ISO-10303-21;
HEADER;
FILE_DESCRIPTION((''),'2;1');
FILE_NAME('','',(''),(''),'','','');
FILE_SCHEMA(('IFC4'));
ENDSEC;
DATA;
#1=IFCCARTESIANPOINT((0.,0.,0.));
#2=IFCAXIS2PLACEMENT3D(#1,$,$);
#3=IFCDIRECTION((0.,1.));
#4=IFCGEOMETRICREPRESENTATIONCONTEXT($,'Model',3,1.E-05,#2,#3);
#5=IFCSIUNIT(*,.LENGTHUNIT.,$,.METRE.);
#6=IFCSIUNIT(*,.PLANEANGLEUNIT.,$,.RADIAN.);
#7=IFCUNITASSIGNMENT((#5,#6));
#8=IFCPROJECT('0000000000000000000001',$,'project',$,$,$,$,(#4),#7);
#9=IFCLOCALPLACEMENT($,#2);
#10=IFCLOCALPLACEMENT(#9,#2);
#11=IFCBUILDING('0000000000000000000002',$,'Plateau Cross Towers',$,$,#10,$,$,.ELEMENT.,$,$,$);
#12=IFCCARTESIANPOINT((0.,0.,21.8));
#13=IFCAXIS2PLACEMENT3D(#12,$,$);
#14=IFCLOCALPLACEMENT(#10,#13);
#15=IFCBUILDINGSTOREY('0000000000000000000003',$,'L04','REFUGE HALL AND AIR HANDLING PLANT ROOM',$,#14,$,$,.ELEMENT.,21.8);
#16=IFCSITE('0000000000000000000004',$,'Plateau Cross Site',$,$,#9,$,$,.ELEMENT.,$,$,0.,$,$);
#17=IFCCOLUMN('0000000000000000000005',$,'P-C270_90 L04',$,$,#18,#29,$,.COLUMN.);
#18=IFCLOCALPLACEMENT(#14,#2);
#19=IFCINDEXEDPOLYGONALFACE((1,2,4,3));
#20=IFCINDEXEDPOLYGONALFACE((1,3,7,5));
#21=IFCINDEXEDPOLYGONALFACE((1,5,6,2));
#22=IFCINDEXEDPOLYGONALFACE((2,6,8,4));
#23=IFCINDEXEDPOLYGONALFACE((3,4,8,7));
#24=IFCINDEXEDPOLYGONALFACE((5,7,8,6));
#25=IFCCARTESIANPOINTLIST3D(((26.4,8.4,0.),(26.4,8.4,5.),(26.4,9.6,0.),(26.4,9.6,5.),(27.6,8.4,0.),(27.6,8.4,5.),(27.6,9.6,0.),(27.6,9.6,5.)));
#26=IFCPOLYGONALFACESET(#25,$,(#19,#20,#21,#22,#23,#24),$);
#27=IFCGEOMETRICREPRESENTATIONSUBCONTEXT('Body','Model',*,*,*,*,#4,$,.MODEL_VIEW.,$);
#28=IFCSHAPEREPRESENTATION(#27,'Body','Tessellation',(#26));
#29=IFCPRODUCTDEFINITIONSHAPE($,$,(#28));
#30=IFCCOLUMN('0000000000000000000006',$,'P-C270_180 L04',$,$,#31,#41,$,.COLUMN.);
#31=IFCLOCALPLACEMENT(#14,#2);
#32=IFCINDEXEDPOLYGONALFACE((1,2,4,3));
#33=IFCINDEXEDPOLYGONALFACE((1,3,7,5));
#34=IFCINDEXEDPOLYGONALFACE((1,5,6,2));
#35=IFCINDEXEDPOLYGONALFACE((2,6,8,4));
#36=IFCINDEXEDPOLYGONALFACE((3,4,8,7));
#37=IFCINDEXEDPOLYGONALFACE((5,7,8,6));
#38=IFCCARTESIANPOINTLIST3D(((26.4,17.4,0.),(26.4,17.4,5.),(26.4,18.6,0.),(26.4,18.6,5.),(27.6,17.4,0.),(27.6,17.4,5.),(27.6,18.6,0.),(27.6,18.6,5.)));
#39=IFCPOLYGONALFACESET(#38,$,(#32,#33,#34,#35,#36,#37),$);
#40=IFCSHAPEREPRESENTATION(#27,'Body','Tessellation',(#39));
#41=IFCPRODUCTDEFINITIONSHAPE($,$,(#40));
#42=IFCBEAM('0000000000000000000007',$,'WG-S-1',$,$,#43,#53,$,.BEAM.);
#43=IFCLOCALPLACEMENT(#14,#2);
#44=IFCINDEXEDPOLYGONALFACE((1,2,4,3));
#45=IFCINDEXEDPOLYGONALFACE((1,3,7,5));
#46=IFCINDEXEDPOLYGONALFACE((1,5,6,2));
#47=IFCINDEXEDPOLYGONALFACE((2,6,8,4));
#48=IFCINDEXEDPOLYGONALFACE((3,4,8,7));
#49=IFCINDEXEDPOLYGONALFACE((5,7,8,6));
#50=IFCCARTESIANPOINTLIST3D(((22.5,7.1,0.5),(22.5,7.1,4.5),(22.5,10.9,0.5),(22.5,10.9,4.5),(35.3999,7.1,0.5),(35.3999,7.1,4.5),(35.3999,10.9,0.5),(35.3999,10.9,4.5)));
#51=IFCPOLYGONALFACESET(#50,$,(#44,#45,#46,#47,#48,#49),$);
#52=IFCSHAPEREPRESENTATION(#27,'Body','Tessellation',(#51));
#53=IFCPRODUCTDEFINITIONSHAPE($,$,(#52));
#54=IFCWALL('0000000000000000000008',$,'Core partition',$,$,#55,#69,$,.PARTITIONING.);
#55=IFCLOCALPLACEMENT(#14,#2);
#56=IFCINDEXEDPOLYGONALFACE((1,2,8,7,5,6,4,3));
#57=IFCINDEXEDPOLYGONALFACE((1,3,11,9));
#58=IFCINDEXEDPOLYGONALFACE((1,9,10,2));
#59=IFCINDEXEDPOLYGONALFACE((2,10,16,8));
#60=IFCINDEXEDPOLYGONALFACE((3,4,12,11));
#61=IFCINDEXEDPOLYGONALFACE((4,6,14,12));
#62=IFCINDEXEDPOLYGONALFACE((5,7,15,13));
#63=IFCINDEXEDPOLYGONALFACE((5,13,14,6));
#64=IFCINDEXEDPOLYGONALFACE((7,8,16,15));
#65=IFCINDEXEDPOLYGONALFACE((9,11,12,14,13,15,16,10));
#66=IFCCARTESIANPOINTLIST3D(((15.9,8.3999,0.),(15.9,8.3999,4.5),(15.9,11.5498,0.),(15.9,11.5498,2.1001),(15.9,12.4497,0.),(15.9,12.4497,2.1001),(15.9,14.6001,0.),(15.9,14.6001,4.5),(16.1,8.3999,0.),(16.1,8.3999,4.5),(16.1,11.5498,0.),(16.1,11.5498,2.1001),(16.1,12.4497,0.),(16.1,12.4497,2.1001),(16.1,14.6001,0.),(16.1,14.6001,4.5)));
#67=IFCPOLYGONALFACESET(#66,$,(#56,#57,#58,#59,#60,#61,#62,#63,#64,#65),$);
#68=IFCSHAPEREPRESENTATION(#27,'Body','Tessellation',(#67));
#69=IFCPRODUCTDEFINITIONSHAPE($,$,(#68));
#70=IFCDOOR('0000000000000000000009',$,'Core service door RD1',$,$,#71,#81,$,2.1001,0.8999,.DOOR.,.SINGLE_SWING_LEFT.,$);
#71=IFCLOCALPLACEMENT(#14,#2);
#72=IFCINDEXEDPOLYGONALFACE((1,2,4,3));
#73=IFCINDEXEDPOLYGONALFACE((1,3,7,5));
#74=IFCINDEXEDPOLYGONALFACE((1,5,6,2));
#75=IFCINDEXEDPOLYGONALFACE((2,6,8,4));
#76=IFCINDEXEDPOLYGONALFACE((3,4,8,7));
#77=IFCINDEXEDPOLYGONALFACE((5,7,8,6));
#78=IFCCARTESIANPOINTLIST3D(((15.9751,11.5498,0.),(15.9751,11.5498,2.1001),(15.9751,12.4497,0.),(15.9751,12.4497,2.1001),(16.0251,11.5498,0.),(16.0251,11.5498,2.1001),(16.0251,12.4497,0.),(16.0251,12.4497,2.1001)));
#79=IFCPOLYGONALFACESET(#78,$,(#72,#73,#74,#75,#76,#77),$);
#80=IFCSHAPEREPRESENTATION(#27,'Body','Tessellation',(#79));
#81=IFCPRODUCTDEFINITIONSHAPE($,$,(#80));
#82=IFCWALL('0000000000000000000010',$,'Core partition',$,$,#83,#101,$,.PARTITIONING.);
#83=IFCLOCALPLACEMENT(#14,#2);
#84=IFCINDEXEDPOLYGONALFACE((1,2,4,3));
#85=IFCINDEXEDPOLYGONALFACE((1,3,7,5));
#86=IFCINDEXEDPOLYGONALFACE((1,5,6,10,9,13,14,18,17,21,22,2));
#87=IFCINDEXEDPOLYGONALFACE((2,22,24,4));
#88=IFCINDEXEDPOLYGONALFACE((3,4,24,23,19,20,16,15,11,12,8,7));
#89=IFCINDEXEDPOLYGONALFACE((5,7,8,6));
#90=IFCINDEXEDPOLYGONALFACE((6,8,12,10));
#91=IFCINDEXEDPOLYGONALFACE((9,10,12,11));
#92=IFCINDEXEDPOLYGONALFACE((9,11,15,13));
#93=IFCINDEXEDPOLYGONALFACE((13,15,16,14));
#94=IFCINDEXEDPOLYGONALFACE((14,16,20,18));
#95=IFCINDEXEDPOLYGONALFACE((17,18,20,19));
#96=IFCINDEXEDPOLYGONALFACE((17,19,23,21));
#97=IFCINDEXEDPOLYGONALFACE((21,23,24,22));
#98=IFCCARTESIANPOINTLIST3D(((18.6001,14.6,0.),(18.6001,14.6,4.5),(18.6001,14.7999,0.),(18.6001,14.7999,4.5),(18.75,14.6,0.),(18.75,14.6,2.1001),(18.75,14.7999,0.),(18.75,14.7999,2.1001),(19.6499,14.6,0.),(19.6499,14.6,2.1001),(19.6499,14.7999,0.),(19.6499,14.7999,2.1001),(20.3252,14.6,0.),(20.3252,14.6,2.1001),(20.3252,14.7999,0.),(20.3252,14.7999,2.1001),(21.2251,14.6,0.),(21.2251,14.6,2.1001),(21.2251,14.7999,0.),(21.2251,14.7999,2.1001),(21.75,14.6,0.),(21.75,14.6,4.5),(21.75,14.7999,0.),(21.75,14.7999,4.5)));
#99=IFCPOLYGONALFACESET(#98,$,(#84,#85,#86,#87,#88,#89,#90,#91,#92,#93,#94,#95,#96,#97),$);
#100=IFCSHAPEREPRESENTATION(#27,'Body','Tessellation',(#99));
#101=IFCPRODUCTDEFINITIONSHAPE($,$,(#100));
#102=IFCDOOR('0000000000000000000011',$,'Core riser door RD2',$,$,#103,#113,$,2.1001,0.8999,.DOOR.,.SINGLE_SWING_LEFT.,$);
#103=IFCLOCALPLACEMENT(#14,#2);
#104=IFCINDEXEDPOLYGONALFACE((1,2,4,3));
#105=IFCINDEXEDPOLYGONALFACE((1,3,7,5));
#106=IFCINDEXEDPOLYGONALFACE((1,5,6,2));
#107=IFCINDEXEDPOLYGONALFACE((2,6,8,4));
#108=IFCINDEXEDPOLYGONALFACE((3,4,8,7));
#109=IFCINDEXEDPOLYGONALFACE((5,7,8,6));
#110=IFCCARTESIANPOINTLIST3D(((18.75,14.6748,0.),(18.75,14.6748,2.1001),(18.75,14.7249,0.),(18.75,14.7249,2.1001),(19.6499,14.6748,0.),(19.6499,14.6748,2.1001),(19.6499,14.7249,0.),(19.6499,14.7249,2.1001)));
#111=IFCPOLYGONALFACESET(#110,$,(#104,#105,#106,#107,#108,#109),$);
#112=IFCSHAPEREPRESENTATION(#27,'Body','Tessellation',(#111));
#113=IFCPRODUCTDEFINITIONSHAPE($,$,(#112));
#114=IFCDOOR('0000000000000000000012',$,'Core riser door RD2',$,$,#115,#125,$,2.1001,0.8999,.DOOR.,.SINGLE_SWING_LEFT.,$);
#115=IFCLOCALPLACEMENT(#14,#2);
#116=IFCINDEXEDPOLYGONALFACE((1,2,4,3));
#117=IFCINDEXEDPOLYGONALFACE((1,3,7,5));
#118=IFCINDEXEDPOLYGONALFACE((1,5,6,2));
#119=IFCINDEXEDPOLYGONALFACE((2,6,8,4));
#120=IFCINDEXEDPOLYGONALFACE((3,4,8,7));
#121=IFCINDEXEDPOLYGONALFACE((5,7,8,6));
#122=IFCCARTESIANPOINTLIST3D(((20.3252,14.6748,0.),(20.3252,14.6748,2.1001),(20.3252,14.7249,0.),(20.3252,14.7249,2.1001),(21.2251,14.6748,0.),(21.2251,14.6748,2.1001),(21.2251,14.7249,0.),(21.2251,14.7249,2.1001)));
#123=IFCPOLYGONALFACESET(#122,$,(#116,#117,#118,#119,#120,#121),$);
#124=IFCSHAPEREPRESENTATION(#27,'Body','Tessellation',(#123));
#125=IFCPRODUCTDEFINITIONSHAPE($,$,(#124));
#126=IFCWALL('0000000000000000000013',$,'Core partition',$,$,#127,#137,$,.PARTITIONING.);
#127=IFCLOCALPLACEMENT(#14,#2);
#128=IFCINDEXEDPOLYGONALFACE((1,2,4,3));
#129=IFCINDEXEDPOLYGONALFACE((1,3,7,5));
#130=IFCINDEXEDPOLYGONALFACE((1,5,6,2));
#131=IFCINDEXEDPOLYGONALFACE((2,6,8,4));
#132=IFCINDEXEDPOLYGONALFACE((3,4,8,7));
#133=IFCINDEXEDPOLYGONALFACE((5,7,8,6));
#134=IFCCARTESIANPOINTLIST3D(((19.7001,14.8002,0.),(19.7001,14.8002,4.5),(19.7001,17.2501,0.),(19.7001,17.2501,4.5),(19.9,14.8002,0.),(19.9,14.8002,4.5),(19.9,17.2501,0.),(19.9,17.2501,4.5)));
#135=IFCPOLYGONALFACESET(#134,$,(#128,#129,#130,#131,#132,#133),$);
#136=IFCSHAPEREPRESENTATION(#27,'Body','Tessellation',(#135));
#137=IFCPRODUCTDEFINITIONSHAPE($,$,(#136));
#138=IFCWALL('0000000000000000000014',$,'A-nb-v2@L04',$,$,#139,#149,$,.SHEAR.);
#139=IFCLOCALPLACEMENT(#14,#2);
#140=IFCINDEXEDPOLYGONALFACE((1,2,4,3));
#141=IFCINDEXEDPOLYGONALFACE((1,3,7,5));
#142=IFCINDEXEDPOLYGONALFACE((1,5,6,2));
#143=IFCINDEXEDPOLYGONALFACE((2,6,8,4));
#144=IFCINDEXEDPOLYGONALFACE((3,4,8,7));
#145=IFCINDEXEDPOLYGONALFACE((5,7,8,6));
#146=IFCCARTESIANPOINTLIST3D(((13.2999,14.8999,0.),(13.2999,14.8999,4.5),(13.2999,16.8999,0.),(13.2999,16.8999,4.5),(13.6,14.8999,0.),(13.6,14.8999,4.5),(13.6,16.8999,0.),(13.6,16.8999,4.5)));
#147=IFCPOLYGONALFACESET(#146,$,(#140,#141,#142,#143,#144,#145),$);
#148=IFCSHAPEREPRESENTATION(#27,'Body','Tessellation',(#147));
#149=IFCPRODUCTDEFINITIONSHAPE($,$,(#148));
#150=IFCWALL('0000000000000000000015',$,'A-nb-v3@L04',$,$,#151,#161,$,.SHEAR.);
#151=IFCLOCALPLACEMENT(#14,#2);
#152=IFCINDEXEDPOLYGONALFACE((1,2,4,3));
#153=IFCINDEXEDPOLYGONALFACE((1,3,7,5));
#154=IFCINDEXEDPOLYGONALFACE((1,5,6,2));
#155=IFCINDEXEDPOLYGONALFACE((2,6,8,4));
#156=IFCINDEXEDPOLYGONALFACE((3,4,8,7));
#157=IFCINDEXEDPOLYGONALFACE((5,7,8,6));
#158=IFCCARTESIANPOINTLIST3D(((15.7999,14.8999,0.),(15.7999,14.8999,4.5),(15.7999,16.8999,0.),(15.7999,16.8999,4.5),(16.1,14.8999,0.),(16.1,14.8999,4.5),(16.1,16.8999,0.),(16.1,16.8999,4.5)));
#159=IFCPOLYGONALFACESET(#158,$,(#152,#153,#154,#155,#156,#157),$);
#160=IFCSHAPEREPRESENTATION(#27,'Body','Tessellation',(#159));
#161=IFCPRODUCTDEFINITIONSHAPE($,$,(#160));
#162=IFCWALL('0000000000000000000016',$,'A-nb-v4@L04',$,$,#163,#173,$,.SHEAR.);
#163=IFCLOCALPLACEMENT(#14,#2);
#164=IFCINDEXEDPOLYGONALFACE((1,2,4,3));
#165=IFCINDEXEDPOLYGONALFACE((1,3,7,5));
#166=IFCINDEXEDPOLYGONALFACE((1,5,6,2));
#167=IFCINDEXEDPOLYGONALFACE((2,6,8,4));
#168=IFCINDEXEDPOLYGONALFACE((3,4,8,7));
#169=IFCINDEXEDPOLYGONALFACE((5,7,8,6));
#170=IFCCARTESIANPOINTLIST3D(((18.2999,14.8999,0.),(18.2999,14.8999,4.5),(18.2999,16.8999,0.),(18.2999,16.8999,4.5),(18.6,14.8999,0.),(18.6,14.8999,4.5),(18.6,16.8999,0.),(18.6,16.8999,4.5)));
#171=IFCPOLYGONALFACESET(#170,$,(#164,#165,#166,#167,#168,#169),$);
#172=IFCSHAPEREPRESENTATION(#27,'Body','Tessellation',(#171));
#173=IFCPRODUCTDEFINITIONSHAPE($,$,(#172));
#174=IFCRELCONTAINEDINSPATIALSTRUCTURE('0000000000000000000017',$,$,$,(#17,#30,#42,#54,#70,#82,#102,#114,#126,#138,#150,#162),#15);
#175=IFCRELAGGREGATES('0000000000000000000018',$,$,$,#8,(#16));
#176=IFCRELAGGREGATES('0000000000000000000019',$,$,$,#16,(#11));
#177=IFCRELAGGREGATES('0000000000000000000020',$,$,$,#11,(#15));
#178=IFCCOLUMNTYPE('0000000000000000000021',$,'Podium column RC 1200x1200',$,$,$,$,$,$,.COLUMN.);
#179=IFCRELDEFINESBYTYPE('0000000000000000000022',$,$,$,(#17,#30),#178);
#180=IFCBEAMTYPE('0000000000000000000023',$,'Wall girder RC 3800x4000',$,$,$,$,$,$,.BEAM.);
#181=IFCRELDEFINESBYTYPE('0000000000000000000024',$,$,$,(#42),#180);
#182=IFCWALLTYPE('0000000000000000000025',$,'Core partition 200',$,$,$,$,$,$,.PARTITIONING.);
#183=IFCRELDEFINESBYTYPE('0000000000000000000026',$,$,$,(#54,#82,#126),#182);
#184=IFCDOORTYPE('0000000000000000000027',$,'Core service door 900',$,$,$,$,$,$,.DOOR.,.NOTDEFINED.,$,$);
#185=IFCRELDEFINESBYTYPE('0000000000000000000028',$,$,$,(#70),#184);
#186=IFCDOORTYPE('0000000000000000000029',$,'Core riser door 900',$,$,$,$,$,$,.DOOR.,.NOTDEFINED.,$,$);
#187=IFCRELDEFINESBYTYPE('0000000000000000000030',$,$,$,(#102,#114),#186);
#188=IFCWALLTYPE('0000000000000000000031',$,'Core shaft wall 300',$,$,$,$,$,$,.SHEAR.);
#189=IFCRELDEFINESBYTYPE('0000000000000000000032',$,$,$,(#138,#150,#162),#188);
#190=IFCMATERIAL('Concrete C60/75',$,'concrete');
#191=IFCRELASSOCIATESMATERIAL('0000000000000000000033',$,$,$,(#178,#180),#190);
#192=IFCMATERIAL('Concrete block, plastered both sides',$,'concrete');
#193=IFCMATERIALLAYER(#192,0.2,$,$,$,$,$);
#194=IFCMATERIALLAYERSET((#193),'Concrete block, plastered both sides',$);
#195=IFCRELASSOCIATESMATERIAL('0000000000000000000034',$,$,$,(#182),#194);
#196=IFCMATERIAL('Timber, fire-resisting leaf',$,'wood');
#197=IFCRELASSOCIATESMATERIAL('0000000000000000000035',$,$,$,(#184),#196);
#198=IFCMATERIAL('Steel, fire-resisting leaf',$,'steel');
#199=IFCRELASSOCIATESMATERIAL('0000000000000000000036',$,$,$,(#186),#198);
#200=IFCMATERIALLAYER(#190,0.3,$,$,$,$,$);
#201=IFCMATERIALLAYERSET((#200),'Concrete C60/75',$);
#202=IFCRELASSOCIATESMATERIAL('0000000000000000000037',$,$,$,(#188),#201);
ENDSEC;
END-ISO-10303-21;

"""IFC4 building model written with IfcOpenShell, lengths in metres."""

from ifc_helpers import new_model, si_unit, direction, frame, frame_2d, origin, origin_2d, place, context, subcontext, project, spatial, rectangle, extrude, material, layer, layer_set, material_profile, profile_set, type_object, element, fill, save


model = new_model("IFC4")

# Units and contexts
model_context = context("Model", 3, precision=1e-05, world=origin(), true_north=direction((0.0, 1.0)))
body_context = subcontext(model_context, "Body", "Model", "MODEL_VIEW")
ifc_project = project(units=[si_unit("LENGTHUNIT", "METRE"), si_unit("PLANEANGLEUNIT", "RADIAN")], contexts=[model_context])

# Site, building, storey
site_placement = place(None, origin())
site = spatial("IfcSite", under=ifc_project, at=site_placement, Name="Plateau Cross Site", CompositionType="ELEMENT", RefElevation=0.0)
building_placement = place(site_placement, origin())
building = spatial("IfcBuilding", under=site, at=building_placement, Name="Plateau Cross Towers", CompositionType="ELEMENT")
storey_placement = place(building_placement, frame((0.0, 0.0, 21.8)))
storey = spatial("IfcBuildingStorey", under=building, at=storey_placement, Name="L04", Description="REFUGE HALL AND AIR HANDLING PLANT ROOM", CompositionType="ELEMENT", Elevation=21.8)

# Columns
ifc_material_1 = material(Name="Concrete C60/75", Category="concrete")
ifc_material_profile_1 = material_profile(ifc_material_1, rectangle(XDim=1.2, YDim=1.2, at=origin_2d()), Name="RC 1200x1200")
ifc_profile_set_1 = profile_set([ifc_material_profile_1], Name="Concrete C60/75")
column_type = type_object("IfcColumnType", Name="Podium column RC 1200x1200", PredefinedType="COLUMN", material=ifc_profile_set_1)
for number, where, z_axis, x_axis, name in (
    (1, (27.0, 9.0, 0.0), (0.0, 0.0, 1.0), (1.0, 0.0, 0.0), "P-C270_90 L04"),
    (2, (27.0, 18.0, 0.0), (0.0, 0.0, 1.0), (1.0, 0.0, 0.0), "P-C270_180 L04"),
):
    element("IfcColumn", number, at=place(storey_placement, frame(where, z_axis=z_axis, x_axis=x_axis)), inside=storey, type_object=column_type, Name=name, PredefinedType="COLUMN", context=body_context, shape_type="SweptSolid", body=[
        extrude(rectangle(XDim=1.2, YDim=1.2, at=origin_2d()), origin(), (0.0, 0.0, 1.0), 5.0),
    ])

# Beam
ifc_material_profile_2 = material_profile(ifc_material_1, rectangle(XDim=3.8, YDim=4.0, at=origin_2d()), Name="RC 3800x4000")
ifc_profile_set_2 = profile_set([ifc_material_profile_2], Name="Concrete C60/75")
beam_type = type_object("IfcBeamType", Name="Wall girder RC 3800x4000", PredefinedType="BEAM", material=ifc_profile_set_2)
beam_placement = place(storey_placement, frame((22.5, 9.0, 2.5), z_axis=(1.0, 0.0, 0.0), x_axis=(0.0, 1.0, 0.0)))
element("IfcBeam", 3, at=beam_placement, inside=storey, type_object=beam_type, Name="WG-S-1", PredefinedType="BEAM", context=body_context, shape_type="SweptSolid", body=[
    extrude(rectangle(XDim=3.8, YDim=4.0, at=origin_2d()), origin(), (0.0, 0.0, 1.0), 12.8999),
])

# Wall, opening, door
ifc_material_2 = material(Name="Concrete block, plastered both sides", Category="concrete")
ifc_layer_1 = layer(ifc_material_2, 0.2)
ifc_layer_set_1 = layer_set([ifc_layer_1], Name="Concrete block, plastered both sides")
wall_type_1 = type_object("IfcWallType", Name="Core partition 200", PredefinedType="PARTITIONING", material=ifc_layer_set_1)
wall_1_placement = place(storey_placement, frame((16.0, 8.3999, 0.0), z_axis=(0.0, 0.0, 1.0), x_axis=(0.0, 1.0, 0.0)))
wall_1 = element("IfcWall", 4, at=wall_1_placement, inside=storey, type_object=wall_type_1, Name="Core partition", PredefinedType="PARTITIONING", context=body_context, shape_type="SweptSolid", body=[
    extrude(rectangle(XDim=6.2002, YDim=0.2, at=frame_2d((3.1001, 0.0))), origin(), (0.0, 0.0, 1.0), 4.5),
])
opening_1_placement = place(wall_1_placement, frame((3.1499, 0.0, 0.0)))
opening_1 = element("IfcOpeningElement", 5, at=opening_1_placement, cuts=wall_1, PredefinedType="OPENING", context=body_context, shape_type="SweptSolid", body=[
    extrude(rectangle(XDim=0.8999, YDim=2.1001, at=frame_2d((0.45, 1.05))), frame((0.0, 0.1099, 0.0), z_axis=(0.0, -1.0, 0.0), x_axis=(1.0, 0.0, 0.0)), (0.0, 0.0, 1.0), 0.22),
])
ifc_material_3 = material(Name="Timber, fire-resisting leaf", Category="wood")
door_type_1 = type_object("IfcDoorType", Name="Core service door 900", OperationType="NOTDEFINED", PredefinedType="DOOR", material=ifc_material_3)
door_1_placement = place(opening_1_placement, origin())
door_1 = element("IfcDoor", 6, at=door_1_placement, inside=storey, type_object=door_type_1, Name="Core service door RD1", OperationType="SINGLE_SWING_LEFT", OverallHeight=2.1001, OverallWidth=0.8999, PredefinedType="DOOR", context=body_context, shape_type="SweptSolid", body=[
    extrude(rectangle(XDim=0.8999, YDim=2.1001, at=frame_2d((0.45, 1.05))), frame((0.0, 0.0249, 0.0), z_axis=(0.0, -1.0, 0.0), x_axis=(1.0, 0.0, 0.0)), (0.0, 0.0, 1.0), 0.05),
])
fill(opening_1, door_1)

# Wall, openings, doors
wall_2_placement = place(storey_placement, frame((18.6001, 14.7, 0.0), z_axis=(0.0, 0.0, 1.0), x_axis=(1.0, 0.0, 0.0)))
wall_2 = element("IfcWall", 7, at=wall_2_placement, inside=storey, type_object=wall_type_1, Name="Core partition", PredefinedType="PARTITIONING", context=body_context, shape_type="SweptSolid", body=[
    extrude(rectangle(XDim=3.1499, YDim=0.2, at=frame_2d((1.575, 0.0))), origin(), (0.0, 0.0, 1.0), 4.5),
])
opening_2_placement = place(wall_2_placement, frame((0.1499, 0.0, 0.0)))
opening_2 = element("IfcOpeningElement", 8, at=opening_2_placement, cuts=wall_2, PredefinedType="OPENING", context=body_context, shape_type="SweptSolid", body=[
    extrude(rectangle(XDim=0.8999, YDim=2.1001, at=frame_2d((0.45, 1.05))), frame((0.0, 0.1099, 0.0), z_axis=(0.0, -1.0, 0.0), x_axis=(1.0, 0.0, 0.0)), (0.0, 0.0, 1.0), 0.22),
])
opening_3_placement = place(wall_2_placement, frame((1.7251, 0.0, 0.0)))
opening_3 = element("IfcOpeningElement", 9, at=opening_3_placement, cuts=wall_2, PredefinedType="OPENING", context=body_context, shape_type="SweptSolid", body=[
    extrude(rectangle(XDim=0.8999, YDim=2.1001, at=frame_2d((0.45, 1.05))), frame((0.0, 0.1099, 0.0), z_axis=(0.0, -1.0, 0.0), x_axis=(1.0, 0.0, 0.0)), (0.0, 0.0, 1.0), 0.22),
])
ifc_material_4 = material(Name="Steel, fire-resisting leaf", Category="steel")
door_type_2 = type_object("IfcDoorType", Name="Core riser door 900", OperationType="NOTDEFINED", PredefinedType="DOOR", material=ifc_material_4)
door_2_placement = place(opening_2_placement, origin())
door_2 = element("IfcDoor", 10, at=door_2_placement, inside=storey, type_object=door_type_2, Name="Core riser door RD2", OperationType="SINGLE_SWING_LEFT", OverallHeight=2.1001, OverallWidth=0.8999, PredefinedType="DOOR", context=body_context, shape_type="SweptSolid", body=[
    extrude(rectangle(XDim=0.8999, YDim=2.1001, at=frame_2d((0.45, 1.05))), frame((0.0, 0.0249, 0.0), z_axis=(0.0, -1.0, 0.0), x_axis=(1.0, 0.0, 0.0)), (0.0, 0.0, 1.0), 0.05),
])
fill(opening_2, door_2)
door_3_placement = place(opening_3_placement, origin())
door_3 = element("IfcDoor", 11, at=door_3_placement, inside=storey, type_object=door_type_2, Name="Core riser door RD2", OperationType="SINGLE_SWING_LEFT", OverallHeight=2.1001, OverallWidth=0.8999, PredefinedType="DOOR", context=body_context, shape_type="SweptSolid", body=[
    extrude(rectangle(XDim=0.8999, YDim=2.1001, at=frame_2d((0.45, 1.05))), frame((0.0, 0.0249, 0.0), z_axis=(0.0, -1.0, 0.0), x_axis=(1.0, 0.0, 0.0)), (0.0, 0.0, 1.0), 0.05),
])
fill(opening_3, door_3)

# Walls
wall_3_placement = place(storey_placement, frame((19.8, 14.8, 0.0), z_axis=(0.0, 0.0, 1.0), x_axis=(0.0, 1.0, 0.0)))
element("IfcWall", 12, at=wall_3_placement, inside=storey, type_object=wall_type_1, Name="Core partition", PredefinedType="PARTITIONING", context=body_context, shape_type="SweptSolid", body=[
    extrude(rectangle(XDim=2.45, YDim=0.2, at=frame_2d((1.2251, 0.0))), origin(), (0.0, 0.0, 1.0), 4.5),
])
ifc_layer_2 = layer(ifc_material_1, 0.3)
ifc_layer_set_2 = layer_set([ifc_layer_2], Name="Concrete C60/75")
wall_type_2 = type_object("IfcWallType", Name="Core shaft wall 300", PredefinedType="SHEAR", material=ifc_layer_set_2)
for number, where, z_axis, x_axis, name in (
    (13, (13.45, 14.8999, 0.0), (0.0, 0.0, 1.0), (0.0, 1.0, 0.0), "A-nb-v2@L04"),
    (14, (15.95, 14.8999, 0.0), (0.0, 0.0, 1.0), (0.0, 1.0, 0.0), "A-nb-v3@L04"),
    (15, (18.45, 14.8999, 0.0), (0.0, 0.0, 1.0), (0.0, 1.0, 0.0), "A-nb-v4@L04"),
):
    element("IfcWall", number, at=place(storey_placement, frame(where, z_axis=z_axis, x_axis=x_axis)), inside=storey, type_object=wall_type_2, Name=name, PredefinedType="SHEAR", context=body_context, shape_type="SweptSolid", body=[
        extrude(rectangle(XDim=2.0, YDim=0.3, at=frame_2d((1.0, 0.0))), origin(), (0.0, 0.0, 1.0), 4.5),
    ])

save(model, "model.ifc")
